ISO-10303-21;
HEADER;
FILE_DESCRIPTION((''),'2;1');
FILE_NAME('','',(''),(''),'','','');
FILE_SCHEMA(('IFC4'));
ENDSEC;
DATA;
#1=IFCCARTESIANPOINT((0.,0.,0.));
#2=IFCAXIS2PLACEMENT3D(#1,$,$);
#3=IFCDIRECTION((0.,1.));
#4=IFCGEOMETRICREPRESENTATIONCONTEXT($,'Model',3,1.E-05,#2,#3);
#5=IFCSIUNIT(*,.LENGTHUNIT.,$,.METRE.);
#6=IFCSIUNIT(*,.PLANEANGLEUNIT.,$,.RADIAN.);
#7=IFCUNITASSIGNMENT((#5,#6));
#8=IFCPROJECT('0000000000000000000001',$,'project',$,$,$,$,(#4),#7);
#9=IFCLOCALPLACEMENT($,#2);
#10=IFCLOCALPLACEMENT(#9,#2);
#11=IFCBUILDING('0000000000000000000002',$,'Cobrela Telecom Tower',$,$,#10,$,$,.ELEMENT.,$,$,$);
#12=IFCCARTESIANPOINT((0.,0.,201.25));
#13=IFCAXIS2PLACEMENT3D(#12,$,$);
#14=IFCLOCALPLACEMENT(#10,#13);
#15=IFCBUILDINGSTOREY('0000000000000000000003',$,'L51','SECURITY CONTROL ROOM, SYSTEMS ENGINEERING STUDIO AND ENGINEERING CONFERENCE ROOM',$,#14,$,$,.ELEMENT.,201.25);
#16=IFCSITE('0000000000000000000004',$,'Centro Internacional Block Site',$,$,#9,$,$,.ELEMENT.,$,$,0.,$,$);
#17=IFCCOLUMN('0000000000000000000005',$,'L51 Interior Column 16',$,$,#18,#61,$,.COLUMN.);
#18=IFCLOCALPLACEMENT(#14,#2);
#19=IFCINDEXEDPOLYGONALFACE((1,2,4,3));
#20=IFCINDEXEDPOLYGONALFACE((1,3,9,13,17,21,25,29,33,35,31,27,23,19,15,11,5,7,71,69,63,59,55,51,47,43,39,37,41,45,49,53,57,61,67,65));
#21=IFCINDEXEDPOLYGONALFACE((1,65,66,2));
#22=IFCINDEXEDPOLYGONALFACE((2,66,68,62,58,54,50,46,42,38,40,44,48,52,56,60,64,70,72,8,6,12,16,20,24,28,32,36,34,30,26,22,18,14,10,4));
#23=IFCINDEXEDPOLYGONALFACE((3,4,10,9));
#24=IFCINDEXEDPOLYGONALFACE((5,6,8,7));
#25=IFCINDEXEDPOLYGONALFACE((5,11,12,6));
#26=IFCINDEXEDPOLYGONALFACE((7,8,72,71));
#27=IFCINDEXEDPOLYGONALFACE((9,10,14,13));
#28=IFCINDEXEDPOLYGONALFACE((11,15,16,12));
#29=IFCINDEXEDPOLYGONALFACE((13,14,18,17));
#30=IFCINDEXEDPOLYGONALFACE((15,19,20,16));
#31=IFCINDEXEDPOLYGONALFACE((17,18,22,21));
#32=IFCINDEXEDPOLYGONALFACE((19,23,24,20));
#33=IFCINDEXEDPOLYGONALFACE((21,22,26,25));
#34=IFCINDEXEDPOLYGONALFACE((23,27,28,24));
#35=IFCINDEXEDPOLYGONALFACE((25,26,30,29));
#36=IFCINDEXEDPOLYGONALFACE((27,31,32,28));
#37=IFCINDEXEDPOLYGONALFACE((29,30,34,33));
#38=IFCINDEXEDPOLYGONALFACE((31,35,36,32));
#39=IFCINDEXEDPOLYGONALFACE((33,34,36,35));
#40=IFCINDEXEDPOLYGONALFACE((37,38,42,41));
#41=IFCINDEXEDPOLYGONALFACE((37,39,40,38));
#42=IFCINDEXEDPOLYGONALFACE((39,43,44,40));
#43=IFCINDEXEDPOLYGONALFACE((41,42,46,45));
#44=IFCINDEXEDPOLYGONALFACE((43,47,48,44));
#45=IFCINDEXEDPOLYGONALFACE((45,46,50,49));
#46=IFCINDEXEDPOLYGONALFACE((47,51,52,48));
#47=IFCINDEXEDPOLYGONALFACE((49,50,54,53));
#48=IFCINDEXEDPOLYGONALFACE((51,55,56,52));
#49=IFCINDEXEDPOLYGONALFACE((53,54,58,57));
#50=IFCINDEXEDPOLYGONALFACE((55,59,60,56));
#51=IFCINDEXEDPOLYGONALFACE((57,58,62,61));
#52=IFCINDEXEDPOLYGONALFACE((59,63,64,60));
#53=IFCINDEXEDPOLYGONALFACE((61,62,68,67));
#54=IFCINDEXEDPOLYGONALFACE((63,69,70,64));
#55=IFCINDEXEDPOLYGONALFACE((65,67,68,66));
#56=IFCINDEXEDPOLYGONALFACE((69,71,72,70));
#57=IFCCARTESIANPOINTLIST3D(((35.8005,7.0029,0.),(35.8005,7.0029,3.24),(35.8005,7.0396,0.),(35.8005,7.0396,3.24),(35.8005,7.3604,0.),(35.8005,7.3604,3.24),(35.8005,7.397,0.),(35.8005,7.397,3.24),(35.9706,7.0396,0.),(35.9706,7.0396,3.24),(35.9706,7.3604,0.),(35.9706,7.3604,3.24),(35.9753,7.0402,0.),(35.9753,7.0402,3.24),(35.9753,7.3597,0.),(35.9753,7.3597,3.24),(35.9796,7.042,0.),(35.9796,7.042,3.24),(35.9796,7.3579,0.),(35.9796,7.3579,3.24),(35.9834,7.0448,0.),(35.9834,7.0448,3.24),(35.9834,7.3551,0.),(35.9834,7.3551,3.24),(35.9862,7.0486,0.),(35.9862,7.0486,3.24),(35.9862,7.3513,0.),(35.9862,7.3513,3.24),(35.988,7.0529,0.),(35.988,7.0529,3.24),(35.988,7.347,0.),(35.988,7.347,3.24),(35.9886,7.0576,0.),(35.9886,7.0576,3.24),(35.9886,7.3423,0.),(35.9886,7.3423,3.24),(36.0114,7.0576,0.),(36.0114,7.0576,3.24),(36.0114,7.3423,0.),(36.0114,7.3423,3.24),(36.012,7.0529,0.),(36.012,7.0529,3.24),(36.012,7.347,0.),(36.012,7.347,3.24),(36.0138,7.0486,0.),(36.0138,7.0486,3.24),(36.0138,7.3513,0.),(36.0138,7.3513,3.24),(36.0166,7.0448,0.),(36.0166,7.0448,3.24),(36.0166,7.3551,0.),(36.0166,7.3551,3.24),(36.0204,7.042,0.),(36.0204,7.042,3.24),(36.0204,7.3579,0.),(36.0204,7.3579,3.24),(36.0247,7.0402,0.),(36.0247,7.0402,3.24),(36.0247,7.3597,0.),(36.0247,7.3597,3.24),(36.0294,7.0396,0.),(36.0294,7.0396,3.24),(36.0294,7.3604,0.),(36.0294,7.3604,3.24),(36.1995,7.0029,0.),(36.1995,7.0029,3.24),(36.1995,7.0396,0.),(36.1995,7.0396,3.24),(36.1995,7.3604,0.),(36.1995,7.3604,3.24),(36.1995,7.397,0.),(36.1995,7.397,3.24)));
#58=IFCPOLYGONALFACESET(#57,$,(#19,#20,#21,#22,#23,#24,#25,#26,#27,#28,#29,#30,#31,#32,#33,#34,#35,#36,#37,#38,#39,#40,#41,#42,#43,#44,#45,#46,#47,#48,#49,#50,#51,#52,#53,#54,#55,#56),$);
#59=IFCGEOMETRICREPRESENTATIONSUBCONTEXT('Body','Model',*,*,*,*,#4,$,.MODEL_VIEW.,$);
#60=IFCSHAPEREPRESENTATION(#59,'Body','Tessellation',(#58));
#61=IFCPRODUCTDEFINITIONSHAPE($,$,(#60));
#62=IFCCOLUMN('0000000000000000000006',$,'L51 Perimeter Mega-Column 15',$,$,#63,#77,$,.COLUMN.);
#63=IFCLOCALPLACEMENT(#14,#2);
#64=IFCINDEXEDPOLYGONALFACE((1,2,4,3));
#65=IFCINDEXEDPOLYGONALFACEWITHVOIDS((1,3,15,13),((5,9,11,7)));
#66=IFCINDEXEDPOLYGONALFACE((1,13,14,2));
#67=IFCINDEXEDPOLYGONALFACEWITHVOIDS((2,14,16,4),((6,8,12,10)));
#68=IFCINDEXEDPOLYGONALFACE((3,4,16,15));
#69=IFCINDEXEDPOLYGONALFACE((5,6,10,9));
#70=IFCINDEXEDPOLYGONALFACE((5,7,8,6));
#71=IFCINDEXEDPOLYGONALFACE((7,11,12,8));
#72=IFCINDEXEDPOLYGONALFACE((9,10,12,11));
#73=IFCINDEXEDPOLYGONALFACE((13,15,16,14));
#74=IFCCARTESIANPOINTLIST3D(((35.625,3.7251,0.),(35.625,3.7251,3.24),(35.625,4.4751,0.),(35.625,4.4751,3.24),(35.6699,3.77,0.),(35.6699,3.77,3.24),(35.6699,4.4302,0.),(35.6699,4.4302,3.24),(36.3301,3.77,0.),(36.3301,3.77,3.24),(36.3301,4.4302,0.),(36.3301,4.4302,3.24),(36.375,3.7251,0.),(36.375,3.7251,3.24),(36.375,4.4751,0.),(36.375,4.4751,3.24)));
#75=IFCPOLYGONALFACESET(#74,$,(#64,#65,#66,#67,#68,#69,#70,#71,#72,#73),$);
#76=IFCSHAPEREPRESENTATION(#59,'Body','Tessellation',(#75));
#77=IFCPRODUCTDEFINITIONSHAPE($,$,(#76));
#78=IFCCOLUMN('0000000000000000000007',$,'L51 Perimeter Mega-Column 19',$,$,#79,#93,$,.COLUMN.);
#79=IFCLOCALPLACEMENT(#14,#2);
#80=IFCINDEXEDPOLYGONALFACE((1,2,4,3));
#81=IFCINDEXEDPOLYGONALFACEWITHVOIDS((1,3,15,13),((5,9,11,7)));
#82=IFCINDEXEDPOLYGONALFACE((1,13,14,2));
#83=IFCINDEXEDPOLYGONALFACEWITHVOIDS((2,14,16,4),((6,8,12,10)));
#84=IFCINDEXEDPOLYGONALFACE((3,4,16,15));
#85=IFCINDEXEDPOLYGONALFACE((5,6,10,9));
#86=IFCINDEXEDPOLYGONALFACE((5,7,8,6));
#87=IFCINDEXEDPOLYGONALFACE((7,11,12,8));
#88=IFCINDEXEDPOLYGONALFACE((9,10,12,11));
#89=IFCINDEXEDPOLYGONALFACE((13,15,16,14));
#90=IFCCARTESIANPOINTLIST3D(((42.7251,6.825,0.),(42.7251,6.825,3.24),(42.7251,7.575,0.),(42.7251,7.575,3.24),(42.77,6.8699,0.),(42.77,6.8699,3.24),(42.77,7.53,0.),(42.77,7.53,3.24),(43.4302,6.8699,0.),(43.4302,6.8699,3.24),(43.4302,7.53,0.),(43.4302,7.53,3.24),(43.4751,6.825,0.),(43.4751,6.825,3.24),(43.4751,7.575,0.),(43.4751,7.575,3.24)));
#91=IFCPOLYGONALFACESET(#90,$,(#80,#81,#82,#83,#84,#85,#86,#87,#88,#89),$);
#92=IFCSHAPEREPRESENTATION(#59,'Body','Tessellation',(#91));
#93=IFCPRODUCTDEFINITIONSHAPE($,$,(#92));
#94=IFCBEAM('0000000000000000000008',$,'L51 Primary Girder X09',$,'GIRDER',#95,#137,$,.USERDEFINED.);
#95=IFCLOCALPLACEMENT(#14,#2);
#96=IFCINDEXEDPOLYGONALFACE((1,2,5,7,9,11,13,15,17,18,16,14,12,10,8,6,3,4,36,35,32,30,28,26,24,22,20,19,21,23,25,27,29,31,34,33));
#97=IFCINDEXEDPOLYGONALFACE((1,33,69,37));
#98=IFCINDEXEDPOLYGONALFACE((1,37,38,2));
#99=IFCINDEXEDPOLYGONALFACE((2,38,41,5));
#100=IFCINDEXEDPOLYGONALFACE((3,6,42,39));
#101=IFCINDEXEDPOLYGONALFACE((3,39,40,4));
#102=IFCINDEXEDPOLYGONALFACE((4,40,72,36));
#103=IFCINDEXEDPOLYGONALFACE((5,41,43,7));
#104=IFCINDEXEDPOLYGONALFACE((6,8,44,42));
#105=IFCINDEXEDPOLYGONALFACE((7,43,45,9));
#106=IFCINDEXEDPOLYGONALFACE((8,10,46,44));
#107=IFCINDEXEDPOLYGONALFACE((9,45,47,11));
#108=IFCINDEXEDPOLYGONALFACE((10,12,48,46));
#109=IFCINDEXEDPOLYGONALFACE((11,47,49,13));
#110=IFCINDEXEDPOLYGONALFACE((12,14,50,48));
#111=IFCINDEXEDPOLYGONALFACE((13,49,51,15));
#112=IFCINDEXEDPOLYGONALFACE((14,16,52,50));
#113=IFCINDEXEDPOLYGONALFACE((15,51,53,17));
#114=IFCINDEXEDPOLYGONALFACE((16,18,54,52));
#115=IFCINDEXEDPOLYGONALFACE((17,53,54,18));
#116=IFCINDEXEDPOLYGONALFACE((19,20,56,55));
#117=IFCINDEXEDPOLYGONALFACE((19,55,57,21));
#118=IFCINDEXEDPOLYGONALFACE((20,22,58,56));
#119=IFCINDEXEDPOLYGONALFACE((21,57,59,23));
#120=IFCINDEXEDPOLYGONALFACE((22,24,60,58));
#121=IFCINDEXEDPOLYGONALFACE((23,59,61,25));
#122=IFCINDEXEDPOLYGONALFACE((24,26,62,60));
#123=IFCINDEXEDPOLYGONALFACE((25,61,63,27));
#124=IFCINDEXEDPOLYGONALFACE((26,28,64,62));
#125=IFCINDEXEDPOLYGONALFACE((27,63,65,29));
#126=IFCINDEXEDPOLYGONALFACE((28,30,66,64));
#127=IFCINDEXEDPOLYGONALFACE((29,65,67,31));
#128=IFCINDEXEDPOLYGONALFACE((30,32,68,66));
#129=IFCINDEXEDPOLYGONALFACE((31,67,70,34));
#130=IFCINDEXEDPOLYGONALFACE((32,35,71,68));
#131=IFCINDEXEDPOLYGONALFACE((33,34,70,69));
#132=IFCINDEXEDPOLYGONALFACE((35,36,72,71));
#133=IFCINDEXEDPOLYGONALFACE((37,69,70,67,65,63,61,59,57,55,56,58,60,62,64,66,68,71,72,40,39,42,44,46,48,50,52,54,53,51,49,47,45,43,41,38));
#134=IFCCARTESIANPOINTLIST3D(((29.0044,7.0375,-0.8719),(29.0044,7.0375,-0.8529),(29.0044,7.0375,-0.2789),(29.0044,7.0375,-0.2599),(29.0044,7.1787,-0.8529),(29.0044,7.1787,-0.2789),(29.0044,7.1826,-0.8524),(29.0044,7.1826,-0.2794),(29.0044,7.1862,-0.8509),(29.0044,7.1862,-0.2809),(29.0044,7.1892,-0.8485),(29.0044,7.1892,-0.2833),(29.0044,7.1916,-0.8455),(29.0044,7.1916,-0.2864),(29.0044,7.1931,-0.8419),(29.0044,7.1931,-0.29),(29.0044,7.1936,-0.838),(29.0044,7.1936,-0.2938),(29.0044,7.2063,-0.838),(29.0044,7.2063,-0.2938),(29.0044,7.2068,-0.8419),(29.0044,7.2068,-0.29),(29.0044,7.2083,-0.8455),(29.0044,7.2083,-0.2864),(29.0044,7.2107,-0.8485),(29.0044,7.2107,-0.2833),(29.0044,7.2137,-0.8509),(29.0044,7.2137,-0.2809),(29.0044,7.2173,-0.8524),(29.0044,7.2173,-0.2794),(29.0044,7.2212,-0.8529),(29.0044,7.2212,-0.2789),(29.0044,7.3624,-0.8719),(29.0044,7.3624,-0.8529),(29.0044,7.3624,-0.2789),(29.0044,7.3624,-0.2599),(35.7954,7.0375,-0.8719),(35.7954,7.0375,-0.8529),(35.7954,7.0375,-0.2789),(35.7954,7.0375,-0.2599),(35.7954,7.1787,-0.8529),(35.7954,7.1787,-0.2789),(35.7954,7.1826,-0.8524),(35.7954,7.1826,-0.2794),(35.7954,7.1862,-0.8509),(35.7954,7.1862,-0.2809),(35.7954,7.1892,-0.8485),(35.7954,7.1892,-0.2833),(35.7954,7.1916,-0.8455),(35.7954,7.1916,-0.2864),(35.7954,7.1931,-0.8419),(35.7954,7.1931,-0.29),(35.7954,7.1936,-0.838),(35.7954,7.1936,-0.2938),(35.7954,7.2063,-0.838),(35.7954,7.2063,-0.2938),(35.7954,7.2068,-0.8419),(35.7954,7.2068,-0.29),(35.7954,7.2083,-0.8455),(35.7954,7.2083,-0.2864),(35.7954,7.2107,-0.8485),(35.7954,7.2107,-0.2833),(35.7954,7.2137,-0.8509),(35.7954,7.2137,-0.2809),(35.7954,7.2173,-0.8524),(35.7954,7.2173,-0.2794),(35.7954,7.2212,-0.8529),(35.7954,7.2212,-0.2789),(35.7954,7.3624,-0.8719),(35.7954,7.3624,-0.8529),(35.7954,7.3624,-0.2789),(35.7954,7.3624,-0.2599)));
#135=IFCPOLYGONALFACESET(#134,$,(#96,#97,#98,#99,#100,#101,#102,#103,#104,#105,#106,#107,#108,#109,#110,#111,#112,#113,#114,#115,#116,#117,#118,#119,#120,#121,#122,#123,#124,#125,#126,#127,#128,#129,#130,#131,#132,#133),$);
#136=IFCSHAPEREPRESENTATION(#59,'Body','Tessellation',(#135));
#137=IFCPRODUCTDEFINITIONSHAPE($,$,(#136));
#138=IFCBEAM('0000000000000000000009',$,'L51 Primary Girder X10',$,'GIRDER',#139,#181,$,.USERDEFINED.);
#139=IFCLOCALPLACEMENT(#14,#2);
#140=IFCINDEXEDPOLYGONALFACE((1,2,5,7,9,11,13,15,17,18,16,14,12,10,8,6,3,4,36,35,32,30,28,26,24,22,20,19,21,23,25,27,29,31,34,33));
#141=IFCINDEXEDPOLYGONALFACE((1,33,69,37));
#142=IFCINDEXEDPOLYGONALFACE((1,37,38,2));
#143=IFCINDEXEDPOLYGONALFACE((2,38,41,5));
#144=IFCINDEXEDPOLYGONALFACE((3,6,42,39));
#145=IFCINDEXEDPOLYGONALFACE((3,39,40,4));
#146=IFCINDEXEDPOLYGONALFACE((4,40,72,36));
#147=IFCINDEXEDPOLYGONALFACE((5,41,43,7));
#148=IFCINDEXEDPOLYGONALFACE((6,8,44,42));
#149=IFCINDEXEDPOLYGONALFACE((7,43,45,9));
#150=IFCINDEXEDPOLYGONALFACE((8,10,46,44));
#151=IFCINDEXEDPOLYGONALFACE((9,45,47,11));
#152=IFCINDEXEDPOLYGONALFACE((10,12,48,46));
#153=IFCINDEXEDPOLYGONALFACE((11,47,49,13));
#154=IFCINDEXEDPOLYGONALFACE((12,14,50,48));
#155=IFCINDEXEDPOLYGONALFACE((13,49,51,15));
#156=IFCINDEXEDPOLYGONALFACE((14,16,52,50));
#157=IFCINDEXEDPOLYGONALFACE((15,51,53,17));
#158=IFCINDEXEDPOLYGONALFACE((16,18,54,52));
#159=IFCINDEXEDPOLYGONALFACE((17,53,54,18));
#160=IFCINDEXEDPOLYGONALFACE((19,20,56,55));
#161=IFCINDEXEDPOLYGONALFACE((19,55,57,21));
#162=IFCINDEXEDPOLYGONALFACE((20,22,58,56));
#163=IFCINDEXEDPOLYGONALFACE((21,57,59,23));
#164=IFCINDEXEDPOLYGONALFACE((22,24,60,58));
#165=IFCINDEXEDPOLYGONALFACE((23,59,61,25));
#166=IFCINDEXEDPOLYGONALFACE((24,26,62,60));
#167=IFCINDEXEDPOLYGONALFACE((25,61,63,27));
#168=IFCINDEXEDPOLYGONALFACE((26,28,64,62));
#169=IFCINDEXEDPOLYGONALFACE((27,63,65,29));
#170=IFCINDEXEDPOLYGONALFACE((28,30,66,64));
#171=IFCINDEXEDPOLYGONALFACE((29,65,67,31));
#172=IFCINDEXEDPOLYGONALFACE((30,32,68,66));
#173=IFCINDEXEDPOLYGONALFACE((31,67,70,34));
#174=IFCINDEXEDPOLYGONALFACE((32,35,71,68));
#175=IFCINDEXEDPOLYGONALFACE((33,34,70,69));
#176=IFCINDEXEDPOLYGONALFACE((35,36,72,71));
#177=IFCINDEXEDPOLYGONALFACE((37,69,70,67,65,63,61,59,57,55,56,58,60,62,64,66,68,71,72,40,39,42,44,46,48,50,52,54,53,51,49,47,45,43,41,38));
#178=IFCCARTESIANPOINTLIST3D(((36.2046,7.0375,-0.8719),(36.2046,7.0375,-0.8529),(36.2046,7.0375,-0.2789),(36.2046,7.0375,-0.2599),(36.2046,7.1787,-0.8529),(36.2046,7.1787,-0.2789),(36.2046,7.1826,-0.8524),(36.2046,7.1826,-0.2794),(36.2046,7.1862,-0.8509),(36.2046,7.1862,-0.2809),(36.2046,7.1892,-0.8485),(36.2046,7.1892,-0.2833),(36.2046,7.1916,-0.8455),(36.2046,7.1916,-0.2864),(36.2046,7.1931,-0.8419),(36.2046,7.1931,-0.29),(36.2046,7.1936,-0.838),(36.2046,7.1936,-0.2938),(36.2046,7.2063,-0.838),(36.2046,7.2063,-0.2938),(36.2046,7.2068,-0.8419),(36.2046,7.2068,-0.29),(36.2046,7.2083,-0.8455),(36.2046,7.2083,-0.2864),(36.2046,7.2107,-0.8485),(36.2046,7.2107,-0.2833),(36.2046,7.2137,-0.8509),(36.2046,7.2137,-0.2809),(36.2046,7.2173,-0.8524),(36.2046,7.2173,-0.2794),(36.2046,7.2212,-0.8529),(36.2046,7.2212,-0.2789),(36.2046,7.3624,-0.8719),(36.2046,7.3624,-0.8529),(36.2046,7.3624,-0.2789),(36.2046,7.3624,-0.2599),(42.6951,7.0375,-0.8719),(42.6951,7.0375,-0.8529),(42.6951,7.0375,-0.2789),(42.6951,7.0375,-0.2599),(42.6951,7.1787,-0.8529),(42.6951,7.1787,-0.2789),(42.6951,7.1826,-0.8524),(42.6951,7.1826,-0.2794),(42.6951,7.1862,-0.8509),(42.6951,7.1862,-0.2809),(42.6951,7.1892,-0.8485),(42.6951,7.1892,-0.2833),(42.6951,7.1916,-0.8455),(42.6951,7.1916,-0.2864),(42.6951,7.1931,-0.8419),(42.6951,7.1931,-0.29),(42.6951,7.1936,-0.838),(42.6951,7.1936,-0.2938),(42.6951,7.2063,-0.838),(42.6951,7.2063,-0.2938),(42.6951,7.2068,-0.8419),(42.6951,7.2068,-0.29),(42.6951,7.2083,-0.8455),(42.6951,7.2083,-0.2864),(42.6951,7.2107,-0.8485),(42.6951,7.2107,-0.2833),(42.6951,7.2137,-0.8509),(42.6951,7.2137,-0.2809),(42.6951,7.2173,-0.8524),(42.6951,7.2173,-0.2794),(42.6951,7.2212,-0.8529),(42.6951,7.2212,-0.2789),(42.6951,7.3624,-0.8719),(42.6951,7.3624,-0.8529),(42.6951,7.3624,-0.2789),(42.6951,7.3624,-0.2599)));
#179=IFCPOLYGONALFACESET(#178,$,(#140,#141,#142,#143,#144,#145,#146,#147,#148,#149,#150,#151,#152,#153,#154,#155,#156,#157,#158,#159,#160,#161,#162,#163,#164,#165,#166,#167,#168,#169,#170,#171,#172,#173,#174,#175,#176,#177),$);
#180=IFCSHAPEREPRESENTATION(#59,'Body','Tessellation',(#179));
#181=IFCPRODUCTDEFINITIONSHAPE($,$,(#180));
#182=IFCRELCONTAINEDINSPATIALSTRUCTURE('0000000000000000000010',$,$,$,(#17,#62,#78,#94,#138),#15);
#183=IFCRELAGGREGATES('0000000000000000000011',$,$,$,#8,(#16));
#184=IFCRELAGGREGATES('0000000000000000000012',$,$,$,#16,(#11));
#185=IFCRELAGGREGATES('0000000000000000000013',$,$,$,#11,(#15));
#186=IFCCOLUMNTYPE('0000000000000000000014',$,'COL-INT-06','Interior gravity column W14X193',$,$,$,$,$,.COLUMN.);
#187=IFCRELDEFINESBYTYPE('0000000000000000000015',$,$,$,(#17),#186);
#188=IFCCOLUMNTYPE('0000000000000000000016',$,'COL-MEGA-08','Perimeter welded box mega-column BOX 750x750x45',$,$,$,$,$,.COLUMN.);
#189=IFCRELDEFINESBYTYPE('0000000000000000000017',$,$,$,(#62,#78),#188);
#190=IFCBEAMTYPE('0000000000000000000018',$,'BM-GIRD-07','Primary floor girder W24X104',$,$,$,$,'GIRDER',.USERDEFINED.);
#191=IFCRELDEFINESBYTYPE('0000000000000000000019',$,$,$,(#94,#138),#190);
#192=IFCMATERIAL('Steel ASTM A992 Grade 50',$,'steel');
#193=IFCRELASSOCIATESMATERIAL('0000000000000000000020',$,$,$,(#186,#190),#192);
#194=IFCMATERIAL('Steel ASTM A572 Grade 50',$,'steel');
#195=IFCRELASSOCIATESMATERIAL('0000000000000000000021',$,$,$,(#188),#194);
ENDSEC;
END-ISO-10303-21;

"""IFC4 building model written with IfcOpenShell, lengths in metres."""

from ifc_helpers import new_model, si_unit, direction, frame, origin, origin_2d, place, context, subcontext, project, spatial, hollow_rectangle, i_section, extrude, material, material_profile, profile_set, type_object, element, save


model = new_model("IFC4")

# Units and contexts
model_context = context("Model", 3, precision=1e-05, world=origin(), true_north=direction((0.0, 1.0)))
body_context = subcontext(model_context, "Body", "Model", "MODEL_VIEW")
ifc_project = project(units=[si_unit("LENGTHUNIT", "METRE"), si_unit("PLANEANGLEUNIT", "RADIAN")], contexts=[model_context])

# Site, building, storey
site_placement = place(None, origin())
site = spatial("IfcSite", under=ifc_project, at=site_placement, Name="Centro Internacional Block Site", CompositionType="ELEMENT", RefElevation=0.0)
building_placement = place(site_placement, origin())
building = spatial("IfcBuilding", under=site, at=building_placement, Name="Cobrela Telecom Tower", CompositionType="ELEMENT")
storey_placement = place(building_placement, frame((0.0, 0.0, 201.25)))
storey = spatial("IfcBuildingStorey", under=building, at=storey_placement, Name="L51", Description="SECURITY CONTROL ROOM, SYSTEMS ENGINEERING STUDIO AND ENGINEERING CONFERENCE ROOM", CompositionType="ELEMENT", Elevation=201.25)

# Columns
ifc_material_1 = material(Name="Steel ASTM A992 Grade 50", Category="steel")
ifc_material_profile_1 = material_profile(ifc_material_1, i_section(OverallWidth=0.3989, OverallDepth=0.394, WebThickness=0.0227, FlangeThickness=0.0366, FilletRadius=0.0181, at=origin_2d()), Name="W14X193")
ifc_profile_set_1 = profile_set([ifc_material_profile_1], Name="Steel ASTM A992 Grade 50")
column_type_1 = type_object("IfcColumnType", Name="COL-INT-06", Description="Interior gravity column W14X193", PredefinedType="COLUMN", material=ifc_profile_set_1)
column_placement = place(storey_placement, frame((36.0, 7.2, 0.0), z_axis=(0.0, 0.0, 1.0), x_axis=(1.0, 0.0, 0.0)))
element("IfcColumn", 1, at=column_placement, inside=storey, type_object=column_type_1, Name="L51 Interior Column 16", PredefinedType="COLUMN", context=body_context, shape_type="SweptSolid", body=[
    extrude(i_section(OverallWidth=0.3989, OverallDepth=0.394, WebThickness=0.0227, FlangeThickness=0.0366, FilletRadius=0.0181, at=origin_2d()), origin(), (0.0, 0.0, 1.0), 3.24),
])
ifc_material_2 = material(Name="Steel ASTM A572 Grade 50", Category="steel")
ifc_material_profile_2 = material_profile(ifc_material_2, hollow_rectangle(XDim=0.75, YDim=0.75, WallThickness=0.0449, at=origin_2d()), Name="BOX 750x750x45")
ifc_profile_set_2 = profile_set([ifc_material_profile_2], Name="Steel ASTM A572 Grade 50")
column_type_2 = type_object("IfcColumnType", Name="COL-MEGA-08", Description="Perimeter welded box mega-column BOX 750x750x45", PredefinedType="COLUMN", material=ifc_profile_set_2)
for number, where, z_axis, x_axis, name in (
    (2, (36.0, 4.1001, 0.0), (0.0, 0.0, 1.0), (1.0, 0.0, 0.0), "L51 Perimeter Mega-Column 15"),
    (3, (43.1001, 7.2, 0.0), (0.0, 0.0, 1.0), (1.0, 0.0, 0.0), "L51 Perimeter Mega-Column 19"),
):
    element("IfcColumn", number, at=place(storey_placement, frame(where, z_axis=z_axis, x_axis=x_axis)), inside=storey, type_object=column_type_2, Name=name, PredefinedType="COLUMN", context=body_context, shape_type="SweptSolid", body=[
        extrude(hollow_rectangle(XDim=0.75, YDim=0.75, WallThickness=0.0449, at=origin_2d()), origin(), (0.0, 0.0, 1.0), 3.24),
    ])

# Beams
ifc_material_profile_3 = material_profile(ifc_material_1, i_section(OverallWidth=0.325, OverallDepth=0.6121, WebThickness=0.0127, FlangeThickness=0.019, FilletRadius=0.0149, at=origin_2d()), Name="W24X104")
ifc_profile_set_3 = profile_set([ifc_material_profile_3], Name="Steel ASTM A992 Grade 50")
beam_type_1 = type_object("IfcBeamType", Name="BM-GIRD-07", Description="Primary floor girder W24X104", ElementType="GIRDER", PredefinedType="USERDEFINED", material=ifc_profile_set_3)
beam_1_placement = place(storey_placement, frame((29.0044, 7.2, -0.5659), z_axis=(1.0, 0.0, 0.0), x_axis=(0.0, 1.0, 0.0)))
element("IfcBeam", 4, at=beam_1_placement, inside=storey, type_object=beam_type_1, Name="L51 Primary Girder X09", ObjectType="GIRDER", PredefinedType="USERDEFINED", context=body_context, shape_type="SweptSolid", body=[
    extrude(i_section(OverallWidth=0.325, OverallDepth=0.6121, WebThickness=0.0127, FlangeThickness=0.019, FilletRadius=0.0149, at=origin_2d()), origin(), (0.0, 0.0, 1.0), 6.791),
])
beam_2_placement = place(storey_placement, frame((36.2046, 7.2, -0.5659), z_axis=(1.0, 0.0, 0.0), x_axis=(0.0, 1.0, 0.0)))
element("IfcBeam", 5, at=beam_2_placement, inside=storey, type_object=beam_type_1, Name="L51 Primary Girder X10", ObjectType="GIRDER", PredefinedType="USERDEFINED", context=body_context, shape_type="SweptSolid", body=[
    extrude(i_section(OverallWidth=0.325, OverallDepth=0.6121, WebThickness=0.0127, FlangeThickness=0.019, FilletRadius=0.0149, at=origin_2d()), origin(), (0.0, 0.0, 1.0), 6.4905),
])

save(model, "model.ifc")
